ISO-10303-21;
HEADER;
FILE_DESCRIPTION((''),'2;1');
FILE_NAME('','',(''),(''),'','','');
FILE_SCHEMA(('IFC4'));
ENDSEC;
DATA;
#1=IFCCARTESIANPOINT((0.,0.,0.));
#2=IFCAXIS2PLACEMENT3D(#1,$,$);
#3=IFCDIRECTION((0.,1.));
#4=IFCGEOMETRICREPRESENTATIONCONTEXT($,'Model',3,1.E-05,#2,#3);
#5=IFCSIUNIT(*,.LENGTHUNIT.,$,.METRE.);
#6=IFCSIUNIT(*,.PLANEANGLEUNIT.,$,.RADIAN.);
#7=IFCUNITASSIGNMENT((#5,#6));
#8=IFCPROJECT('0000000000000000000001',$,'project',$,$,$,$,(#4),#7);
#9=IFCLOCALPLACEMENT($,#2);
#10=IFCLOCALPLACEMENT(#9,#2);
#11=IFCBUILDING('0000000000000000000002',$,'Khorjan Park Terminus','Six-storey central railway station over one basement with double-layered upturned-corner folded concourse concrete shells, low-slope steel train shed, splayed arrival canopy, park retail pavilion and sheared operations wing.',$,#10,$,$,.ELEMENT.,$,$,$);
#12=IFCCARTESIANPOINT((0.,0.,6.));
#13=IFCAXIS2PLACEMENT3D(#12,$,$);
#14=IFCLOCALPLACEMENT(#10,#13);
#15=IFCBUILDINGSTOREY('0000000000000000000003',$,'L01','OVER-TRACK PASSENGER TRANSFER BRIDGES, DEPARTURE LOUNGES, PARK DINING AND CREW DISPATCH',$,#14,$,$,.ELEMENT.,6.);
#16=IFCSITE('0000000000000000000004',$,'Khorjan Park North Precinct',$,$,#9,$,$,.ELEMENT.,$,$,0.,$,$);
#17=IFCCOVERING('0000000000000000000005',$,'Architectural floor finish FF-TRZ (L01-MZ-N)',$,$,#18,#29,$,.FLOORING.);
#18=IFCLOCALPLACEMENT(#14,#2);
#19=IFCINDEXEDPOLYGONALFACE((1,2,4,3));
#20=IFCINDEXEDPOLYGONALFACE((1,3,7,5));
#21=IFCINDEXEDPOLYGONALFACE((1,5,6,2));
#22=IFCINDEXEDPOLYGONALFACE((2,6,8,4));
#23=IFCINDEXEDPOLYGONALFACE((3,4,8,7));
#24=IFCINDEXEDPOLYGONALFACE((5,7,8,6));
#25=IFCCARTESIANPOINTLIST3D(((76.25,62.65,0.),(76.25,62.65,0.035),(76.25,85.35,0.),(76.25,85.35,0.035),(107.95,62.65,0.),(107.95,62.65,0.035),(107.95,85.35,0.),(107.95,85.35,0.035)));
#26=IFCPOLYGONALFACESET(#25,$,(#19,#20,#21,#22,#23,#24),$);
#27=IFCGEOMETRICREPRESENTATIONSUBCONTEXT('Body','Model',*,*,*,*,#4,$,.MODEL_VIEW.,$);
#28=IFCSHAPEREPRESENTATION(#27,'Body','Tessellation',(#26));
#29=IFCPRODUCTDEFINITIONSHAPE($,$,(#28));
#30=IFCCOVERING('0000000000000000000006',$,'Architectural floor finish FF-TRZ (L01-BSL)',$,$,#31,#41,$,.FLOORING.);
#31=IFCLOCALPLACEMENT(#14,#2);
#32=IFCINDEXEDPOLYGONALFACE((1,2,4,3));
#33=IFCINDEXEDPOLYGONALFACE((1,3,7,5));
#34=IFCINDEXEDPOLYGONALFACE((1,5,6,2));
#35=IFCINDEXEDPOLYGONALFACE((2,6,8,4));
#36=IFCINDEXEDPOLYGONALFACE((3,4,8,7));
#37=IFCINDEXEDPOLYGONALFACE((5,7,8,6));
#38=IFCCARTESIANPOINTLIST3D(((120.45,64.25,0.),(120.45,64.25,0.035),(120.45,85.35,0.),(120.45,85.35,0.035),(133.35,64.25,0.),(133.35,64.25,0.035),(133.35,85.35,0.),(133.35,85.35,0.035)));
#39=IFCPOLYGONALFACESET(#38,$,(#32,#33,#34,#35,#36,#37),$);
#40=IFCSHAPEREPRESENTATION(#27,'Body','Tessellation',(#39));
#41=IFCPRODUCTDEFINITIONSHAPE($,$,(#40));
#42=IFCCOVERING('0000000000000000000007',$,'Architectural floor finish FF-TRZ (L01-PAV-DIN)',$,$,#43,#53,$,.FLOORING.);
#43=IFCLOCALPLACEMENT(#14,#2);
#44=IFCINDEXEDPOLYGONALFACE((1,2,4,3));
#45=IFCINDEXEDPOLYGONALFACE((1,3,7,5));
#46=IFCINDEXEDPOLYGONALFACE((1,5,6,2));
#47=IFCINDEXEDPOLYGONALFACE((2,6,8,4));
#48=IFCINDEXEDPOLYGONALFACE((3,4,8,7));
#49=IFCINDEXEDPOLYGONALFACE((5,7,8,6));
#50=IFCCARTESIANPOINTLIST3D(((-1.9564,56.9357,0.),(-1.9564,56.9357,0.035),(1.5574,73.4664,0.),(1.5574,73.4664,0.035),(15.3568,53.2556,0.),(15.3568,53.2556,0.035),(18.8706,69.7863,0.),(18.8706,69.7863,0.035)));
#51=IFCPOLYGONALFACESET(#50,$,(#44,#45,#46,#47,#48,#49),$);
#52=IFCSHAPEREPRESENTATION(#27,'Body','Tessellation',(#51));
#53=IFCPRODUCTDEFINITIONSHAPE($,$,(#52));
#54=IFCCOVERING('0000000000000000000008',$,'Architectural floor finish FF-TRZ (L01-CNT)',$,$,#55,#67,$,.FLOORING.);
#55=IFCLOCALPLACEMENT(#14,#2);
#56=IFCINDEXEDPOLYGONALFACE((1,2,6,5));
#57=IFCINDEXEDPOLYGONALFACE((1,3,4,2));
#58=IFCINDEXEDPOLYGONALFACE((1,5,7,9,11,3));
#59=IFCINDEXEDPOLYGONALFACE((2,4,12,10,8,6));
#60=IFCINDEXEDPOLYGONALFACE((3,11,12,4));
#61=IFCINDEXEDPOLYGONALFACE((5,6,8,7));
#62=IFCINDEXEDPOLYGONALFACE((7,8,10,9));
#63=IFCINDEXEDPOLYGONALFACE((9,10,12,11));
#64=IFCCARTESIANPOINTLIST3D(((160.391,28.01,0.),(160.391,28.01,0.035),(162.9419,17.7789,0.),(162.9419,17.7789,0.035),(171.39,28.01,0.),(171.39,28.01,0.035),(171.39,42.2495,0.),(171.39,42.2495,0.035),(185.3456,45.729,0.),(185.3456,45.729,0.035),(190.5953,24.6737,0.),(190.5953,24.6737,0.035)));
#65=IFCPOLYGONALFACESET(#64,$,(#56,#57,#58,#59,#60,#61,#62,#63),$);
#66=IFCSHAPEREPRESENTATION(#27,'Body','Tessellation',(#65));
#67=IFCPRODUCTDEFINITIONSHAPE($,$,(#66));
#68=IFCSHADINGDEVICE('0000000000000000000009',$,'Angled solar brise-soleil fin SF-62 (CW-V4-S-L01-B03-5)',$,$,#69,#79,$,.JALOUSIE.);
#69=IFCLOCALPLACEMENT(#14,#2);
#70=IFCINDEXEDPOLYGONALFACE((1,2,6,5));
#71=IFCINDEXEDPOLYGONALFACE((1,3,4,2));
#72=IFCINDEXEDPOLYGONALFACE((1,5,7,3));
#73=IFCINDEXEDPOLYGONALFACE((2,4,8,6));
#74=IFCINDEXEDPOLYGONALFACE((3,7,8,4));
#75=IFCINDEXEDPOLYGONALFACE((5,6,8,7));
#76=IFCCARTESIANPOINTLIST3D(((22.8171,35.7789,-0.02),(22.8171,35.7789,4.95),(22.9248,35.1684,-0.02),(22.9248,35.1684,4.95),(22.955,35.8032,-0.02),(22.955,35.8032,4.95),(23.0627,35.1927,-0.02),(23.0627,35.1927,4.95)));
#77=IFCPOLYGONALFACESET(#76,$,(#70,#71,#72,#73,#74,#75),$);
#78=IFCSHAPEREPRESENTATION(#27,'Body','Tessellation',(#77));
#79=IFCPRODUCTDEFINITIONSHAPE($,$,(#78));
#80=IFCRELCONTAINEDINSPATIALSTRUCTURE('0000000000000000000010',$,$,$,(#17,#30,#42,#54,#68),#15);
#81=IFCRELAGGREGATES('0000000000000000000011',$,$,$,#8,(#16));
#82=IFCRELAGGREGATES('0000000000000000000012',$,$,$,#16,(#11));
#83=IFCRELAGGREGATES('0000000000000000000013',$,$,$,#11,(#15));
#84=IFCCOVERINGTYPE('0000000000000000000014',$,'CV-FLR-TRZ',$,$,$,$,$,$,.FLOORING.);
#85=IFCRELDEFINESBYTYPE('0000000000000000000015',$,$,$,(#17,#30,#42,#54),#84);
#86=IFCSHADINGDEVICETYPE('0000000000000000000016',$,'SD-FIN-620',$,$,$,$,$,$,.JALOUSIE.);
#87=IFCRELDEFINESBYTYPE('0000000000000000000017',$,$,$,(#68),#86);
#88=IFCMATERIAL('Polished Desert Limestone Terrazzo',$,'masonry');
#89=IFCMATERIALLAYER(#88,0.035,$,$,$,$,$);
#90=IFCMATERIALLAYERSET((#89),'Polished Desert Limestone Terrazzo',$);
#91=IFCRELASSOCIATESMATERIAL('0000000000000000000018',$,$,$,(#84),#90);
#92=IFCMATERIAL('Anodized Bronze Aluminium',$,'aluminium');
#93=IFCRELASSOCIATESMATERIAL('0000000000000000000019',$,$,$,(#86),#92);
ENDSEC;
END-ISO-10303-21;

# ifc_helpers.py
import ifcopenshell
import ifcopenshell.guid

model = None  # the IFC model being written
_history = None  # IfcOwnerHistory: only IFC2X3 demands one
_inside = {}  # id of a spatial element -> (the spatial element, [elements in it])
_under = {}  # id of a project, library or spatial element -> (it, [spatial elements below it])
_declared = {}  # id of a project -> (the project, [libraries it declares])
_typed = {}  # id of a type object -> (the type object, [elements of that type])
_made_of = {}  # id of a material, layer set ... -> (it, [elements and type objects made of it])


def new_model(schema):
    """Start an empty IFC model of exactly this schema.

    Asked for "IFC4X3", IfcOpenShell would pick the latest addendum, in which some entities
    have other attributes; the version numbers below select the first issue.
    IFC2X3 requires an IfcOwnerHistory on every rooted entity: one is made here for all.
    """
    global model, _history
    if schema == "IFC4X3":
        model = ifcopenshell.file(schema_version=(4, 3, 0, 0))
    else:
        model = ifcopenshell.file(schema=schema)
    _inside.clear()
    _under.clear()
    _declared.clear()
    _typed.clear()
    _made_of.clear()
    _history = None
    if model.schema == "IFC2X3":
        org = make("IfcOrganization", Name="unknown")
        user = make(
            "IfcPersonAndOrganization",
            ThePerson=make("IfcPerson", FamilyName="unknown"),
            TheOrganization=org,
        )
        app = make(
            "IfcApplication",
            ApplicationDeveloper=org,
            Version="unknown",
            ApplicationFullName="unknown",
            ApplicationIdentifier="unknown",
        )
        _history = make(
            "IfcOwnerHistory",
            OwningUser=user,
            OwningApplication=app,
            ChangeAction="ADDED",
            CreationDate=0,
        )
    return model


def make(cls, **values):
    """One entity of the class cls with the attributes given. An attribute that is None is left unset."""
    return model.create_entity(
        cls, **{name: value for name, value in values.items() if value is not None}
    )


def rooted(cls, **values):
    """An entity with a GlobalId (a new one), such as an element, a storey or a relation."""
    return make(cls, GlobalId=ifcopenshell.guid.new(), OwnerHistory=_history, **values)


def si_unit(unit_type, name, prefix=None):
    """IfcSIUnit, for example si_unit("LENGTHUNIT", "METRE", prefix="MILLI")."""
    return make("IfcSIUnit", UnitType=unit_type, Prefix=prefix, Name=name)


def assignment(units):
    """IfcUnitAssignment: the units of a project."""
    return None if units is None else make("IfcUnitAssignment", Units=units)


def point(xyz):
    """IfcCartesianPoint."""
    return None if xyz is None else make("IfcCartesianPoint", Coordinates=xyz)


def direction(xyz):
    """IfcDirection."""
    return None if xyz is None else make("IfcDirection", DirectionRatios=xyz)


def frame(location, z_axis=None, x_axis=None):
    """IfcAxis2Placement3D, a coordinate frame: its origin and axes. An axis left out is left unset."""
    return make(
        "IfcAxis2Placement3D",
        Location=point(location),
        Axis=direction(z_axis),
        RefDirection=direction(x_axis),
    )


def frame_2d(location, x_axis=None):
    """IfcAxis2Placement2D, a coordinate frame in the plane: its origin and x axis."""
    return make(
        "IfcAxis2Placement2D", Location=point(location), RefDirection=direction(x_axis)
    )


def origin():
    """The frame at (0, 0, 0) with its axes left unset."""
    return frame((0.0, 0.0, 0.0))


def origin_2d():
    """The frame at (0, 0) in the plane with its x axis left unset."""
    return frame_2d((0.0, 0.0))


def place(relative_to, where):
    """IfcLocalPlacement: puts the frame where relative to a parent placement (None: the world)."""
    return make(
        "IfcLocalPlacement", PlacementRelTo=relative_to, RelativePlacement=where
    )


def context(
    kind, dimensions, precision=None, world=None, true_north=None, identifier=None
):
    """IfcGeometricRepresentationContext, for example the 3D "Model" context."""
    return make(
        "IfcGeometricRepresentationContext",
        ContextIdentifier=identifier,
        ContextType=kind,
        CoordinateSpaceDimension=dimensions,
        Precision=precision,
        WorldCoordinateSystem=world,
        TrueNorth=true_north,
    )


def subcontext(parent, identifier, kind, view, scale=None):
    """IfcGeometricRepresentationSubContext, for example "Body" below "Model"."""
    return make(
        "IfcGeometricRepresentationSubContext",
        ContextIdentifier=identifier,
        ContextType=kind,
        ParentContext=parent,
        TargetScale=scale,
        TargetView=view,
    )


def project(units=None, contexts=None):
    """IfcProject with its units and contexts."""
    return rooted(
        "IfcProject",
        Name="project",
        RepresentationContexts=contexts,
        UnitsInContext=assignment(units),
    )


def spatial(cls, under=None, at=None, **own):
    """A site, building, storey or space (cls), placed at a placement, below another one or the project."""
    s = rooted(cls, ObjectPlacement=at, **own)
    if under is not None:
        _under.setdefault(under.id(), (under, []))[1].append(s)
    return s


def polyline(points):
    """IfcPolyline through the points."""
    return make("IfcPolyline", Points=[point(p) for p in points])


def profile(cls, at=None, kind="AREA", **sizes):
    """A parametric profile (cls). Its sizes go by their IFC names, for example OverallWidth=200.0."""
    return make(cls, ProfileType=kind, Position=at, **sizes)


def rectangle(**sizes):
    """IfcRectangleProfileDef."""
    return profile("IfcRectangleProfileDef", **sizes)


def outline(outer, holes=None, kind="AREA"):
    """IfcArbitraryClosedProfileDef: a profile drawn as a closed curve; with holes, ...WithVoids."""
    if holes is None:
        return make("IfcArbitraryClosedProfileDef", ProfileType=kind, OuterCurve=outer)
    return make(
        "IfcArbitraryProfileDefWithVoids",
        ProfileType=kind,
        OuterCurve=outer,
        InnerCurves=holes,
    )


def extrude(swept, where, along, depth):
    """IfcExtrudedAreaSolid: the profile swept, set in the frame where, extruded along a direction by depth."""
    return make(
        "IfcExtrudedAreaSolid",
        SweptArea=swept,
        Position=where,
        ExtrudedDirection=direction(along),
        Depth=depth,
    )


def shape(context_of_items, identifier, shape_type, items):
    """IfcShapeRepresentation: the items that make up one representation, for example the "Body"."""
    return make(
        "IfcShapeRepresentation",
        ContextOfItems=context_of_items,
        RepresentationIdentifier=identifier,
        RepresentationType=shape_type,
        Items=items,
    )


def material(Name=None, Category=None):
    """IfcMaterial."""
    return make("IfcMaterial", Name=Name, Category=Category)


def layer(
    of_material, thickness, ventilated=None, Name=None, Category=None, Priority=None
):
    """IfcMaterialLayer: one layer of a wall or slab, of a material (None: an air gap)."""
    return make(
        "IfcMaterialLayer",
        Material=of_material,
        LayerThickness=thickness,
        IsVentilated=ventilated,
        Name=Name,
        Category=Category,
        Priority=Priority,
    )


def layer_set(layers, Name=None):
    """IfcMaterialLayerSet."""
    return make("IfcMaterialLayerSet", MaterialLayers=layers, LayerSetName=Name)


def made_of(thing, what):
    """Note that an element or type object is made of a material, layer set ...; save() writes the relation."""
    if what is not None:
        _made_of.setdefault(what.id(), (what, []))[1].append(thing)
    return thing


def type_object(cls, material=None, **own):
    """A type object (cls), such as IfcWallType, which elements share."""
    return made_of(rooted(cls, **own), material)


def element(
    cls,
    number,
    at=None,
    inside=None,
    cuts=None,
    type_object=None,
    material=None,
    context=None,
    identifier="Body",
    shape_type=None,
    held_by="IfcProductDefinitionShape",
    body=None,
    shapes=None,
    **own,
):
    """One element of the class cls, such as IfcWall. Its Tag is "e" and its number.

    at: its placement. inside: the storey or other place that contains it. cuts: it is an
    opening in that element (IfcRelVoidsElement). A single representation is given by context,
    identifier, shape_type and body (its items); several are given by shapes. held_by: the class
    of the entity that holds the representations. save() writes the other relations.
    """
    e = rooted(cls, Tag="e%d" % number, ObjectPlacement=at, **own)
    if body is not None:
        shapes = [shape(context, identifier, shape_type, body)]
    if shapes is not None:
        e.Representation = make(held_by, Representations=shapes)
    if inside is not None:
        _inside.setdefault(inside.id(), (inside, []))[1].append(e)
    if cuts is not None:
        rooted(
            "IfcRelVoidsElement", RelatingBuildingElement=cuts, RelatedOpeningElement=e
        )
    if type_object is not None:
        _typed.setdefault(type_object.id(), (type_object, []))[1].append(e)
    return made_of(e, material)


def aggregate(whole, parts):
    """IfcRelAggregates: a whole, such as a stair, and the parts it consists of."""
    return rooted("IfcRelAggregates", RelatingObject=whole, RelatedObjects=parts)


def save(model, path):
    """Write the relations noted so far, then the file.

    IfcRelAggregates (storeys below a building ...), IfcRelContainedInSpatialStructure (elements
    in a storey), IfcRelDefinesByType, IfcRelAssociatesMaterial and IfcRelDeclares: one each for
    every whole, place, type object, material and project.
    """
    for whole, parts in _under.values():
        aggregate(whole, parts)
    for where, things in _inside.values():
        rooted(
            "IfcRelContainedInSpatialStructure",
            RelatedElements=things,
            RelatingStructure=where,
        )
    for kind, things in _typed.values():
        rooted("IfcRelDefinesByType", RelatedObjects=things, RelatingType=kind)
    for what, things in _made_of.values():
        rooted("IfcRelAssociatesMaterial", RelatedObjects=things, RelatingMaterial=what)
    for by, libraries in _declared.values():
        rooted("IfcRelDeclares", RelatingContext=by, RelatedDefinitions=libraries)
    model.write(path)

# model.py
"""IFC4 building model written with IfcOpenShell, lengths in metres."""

from ifc_helpers import new_model, si_unit, direction, frame, origin, origin_2d, place, context, subcontext, project, spatial, polyline, rectangle, outline, extrude, material, layer, layer_set, type_object, element, save


model = new_model("IFC4")

# Units and contexts
model_context = context("Model", 3, precision=1e-05, world=origin(), true_north=direction((0.0, 1.0)))
body_context = subcontext(model_context, "Body", "Model", "MODEL_VIEW")
ifc_project = project(units=[si_unit("LENGTHUNIT", "METRE"), si_unit("PLANEANGLEUNIT", "RADIAN")], contexts=[model_context])

# Site, building, storey
site_placement = place(None, origin())
site = spatial("IfcSite", under=ifc_project, at=site_placement, Name="Khorjan Park North Precinct", CompositionType="ELEMENT", RefElevation=0.0)
building_placement = place(site_placement, origin())
building = spatial("IfcBuilding", under=site, at=building_placement, Name="Khorjan Park Terminus", Description="Six-storey central railway station over one basement with double-layered upturned-corner folded concourse concrete shells, low-slope steel train shed, splayed arrival canopy, park retail pavilion and sheared operations wing.", CompositionType="ELEMENT")
storey_placement = place(building_placement, frame((0.0, 0.0, 6.0)))
storey = spatial("IfcBuildingStorey", under=building, at=storey_placement, Name="L01", Description="OVER-TRACK PASSENGER TRANSFER BRIDGES, DEPARTURE LOUNGES, PARK DINING AND CREW DISPATCH", CompositionType="ELEMENT", Elevation=6.0)

# Shared definitions
ifc_material_1 = material(Name="Anodized Bronze Aluminium", Category="aluminium")

# Coverings
ifc_material_2 = material(Name="Polished Desert Limestone Terrazzo", Category="masonry")
ifc_layer_1 = layer(ifc_material_2, 0.035)
ifc_layer_set_1 = layer_set([ifc_layer_1], Name="Polished Desert Limestone Terrazzo")
covering_type_1 = type_object("IfcCoveringType", Name="CV-FLR-TRZ", PredefinedType="FLOORING", material=ifc_layer_set_1)
covering_1_placement = place(storey_placement, origin())
element("IfcCovering", 1, at=covering_1_placement, inside=storey, type_object=covering_type_1, Name="Architectural floor finish FF-TRZ (L01-MZ-N)", PredefinedType="FLOORING", context=body_context, shape_type="SweptSolid", body=[
    extrude(outline(polyline([(107.95, 85.35), (107.95, 62.65), (76.25, 62.65), (76.25, 85.35), (107.95, 85.35)])), origin(), (0.0, 0.0, 1.0), 0.035),
])
covering_2_placement = place(storey_placement, origin())
element("IfcCovering", 2, at=covering_2_placement, inside=storey, type_object=covering_type_1, Name="Architectural floor finish FF-TRZ (L01-BSL)", PredefinedType="FLOORING", context=body_context, shape_type="SweptSolid", body=[
    extrude(outline(polyline([(133.35, 85.35), (133.35, 64.25), (120.45, 64.25), (120.45, 85.35), (133.35, 85.35)])), origin(), (0.0, 0.0, 1.0), 0.035),
])
covering_3_placement = place(storey_placement, origin())
element("IfcCovering", 3, at=covering_3_placement, inside=storey, type_object=covering_type_1, Name="Architectural floor finish FF-TRZ (L01-PAV-DIN)", PredefinedType="FLOORING", context=body_context, shape_type="SweptSolid", body=[
    extrude(outline(polyline([(15.3568, 53.2556), (-1.9564, 56.9357), (1.5574, 73.4664), (18.8706, 69.7863), (15.3568, 53.2556)])), origin(), (0.0, 0.0, 1.0), 0.035),
])
covering_4_placement = place(storey_placement, origin())
element("IfcCovering", 4, at=covering_4_placement, inside=storey, type_object=covering_type_1, Name="Architectural floor finish FF-TRZ (L01-CNT)", PredefinedType="FLOORING", context=body_context, shape_type="SweptSolid", body=[
    extrude(outline(polyline([(190.5953, 24.6737), (162.9419, 17.7789), (160.391, 28.01), (171.39, 28.01), (171.39, 42.2495), (185.3456, 45.729), (190.5953, 24.6737)])), origin(), (0.0, 0.0, 1.0), 0.035),
])

# Shading device
shading_device_type = type_object("IfcShadingDeviceType", Name="SD-FIN-620", PredefinedType="JALOUSIE", material=ifc_material_1)
shading_device_placement = place(storey_placement, frame((22.9399, 35.4858, -0.02), z_axis=(0.0, 0.0, 1.0), x_axis=(-0.173648, 0.984808, 0.0)))
element("IfcShadingDevice", 5, at=shading_device_placement, inside=storey, type_object=shading_device_type, Name="Angled solar brise-soleil fin SF-62 (CW-V4-S-L01-B03-5)", PredefinedType="JALOUSIE", context=body_context, shape_type="SweptSolid", body=[
    extrude(rectangle(XDim=0.62, YDim=0.14, at=origin_2d()), origin(), (0.0, 0.0, 1.0), 4.97),
])

save(model, "model.ifc")
